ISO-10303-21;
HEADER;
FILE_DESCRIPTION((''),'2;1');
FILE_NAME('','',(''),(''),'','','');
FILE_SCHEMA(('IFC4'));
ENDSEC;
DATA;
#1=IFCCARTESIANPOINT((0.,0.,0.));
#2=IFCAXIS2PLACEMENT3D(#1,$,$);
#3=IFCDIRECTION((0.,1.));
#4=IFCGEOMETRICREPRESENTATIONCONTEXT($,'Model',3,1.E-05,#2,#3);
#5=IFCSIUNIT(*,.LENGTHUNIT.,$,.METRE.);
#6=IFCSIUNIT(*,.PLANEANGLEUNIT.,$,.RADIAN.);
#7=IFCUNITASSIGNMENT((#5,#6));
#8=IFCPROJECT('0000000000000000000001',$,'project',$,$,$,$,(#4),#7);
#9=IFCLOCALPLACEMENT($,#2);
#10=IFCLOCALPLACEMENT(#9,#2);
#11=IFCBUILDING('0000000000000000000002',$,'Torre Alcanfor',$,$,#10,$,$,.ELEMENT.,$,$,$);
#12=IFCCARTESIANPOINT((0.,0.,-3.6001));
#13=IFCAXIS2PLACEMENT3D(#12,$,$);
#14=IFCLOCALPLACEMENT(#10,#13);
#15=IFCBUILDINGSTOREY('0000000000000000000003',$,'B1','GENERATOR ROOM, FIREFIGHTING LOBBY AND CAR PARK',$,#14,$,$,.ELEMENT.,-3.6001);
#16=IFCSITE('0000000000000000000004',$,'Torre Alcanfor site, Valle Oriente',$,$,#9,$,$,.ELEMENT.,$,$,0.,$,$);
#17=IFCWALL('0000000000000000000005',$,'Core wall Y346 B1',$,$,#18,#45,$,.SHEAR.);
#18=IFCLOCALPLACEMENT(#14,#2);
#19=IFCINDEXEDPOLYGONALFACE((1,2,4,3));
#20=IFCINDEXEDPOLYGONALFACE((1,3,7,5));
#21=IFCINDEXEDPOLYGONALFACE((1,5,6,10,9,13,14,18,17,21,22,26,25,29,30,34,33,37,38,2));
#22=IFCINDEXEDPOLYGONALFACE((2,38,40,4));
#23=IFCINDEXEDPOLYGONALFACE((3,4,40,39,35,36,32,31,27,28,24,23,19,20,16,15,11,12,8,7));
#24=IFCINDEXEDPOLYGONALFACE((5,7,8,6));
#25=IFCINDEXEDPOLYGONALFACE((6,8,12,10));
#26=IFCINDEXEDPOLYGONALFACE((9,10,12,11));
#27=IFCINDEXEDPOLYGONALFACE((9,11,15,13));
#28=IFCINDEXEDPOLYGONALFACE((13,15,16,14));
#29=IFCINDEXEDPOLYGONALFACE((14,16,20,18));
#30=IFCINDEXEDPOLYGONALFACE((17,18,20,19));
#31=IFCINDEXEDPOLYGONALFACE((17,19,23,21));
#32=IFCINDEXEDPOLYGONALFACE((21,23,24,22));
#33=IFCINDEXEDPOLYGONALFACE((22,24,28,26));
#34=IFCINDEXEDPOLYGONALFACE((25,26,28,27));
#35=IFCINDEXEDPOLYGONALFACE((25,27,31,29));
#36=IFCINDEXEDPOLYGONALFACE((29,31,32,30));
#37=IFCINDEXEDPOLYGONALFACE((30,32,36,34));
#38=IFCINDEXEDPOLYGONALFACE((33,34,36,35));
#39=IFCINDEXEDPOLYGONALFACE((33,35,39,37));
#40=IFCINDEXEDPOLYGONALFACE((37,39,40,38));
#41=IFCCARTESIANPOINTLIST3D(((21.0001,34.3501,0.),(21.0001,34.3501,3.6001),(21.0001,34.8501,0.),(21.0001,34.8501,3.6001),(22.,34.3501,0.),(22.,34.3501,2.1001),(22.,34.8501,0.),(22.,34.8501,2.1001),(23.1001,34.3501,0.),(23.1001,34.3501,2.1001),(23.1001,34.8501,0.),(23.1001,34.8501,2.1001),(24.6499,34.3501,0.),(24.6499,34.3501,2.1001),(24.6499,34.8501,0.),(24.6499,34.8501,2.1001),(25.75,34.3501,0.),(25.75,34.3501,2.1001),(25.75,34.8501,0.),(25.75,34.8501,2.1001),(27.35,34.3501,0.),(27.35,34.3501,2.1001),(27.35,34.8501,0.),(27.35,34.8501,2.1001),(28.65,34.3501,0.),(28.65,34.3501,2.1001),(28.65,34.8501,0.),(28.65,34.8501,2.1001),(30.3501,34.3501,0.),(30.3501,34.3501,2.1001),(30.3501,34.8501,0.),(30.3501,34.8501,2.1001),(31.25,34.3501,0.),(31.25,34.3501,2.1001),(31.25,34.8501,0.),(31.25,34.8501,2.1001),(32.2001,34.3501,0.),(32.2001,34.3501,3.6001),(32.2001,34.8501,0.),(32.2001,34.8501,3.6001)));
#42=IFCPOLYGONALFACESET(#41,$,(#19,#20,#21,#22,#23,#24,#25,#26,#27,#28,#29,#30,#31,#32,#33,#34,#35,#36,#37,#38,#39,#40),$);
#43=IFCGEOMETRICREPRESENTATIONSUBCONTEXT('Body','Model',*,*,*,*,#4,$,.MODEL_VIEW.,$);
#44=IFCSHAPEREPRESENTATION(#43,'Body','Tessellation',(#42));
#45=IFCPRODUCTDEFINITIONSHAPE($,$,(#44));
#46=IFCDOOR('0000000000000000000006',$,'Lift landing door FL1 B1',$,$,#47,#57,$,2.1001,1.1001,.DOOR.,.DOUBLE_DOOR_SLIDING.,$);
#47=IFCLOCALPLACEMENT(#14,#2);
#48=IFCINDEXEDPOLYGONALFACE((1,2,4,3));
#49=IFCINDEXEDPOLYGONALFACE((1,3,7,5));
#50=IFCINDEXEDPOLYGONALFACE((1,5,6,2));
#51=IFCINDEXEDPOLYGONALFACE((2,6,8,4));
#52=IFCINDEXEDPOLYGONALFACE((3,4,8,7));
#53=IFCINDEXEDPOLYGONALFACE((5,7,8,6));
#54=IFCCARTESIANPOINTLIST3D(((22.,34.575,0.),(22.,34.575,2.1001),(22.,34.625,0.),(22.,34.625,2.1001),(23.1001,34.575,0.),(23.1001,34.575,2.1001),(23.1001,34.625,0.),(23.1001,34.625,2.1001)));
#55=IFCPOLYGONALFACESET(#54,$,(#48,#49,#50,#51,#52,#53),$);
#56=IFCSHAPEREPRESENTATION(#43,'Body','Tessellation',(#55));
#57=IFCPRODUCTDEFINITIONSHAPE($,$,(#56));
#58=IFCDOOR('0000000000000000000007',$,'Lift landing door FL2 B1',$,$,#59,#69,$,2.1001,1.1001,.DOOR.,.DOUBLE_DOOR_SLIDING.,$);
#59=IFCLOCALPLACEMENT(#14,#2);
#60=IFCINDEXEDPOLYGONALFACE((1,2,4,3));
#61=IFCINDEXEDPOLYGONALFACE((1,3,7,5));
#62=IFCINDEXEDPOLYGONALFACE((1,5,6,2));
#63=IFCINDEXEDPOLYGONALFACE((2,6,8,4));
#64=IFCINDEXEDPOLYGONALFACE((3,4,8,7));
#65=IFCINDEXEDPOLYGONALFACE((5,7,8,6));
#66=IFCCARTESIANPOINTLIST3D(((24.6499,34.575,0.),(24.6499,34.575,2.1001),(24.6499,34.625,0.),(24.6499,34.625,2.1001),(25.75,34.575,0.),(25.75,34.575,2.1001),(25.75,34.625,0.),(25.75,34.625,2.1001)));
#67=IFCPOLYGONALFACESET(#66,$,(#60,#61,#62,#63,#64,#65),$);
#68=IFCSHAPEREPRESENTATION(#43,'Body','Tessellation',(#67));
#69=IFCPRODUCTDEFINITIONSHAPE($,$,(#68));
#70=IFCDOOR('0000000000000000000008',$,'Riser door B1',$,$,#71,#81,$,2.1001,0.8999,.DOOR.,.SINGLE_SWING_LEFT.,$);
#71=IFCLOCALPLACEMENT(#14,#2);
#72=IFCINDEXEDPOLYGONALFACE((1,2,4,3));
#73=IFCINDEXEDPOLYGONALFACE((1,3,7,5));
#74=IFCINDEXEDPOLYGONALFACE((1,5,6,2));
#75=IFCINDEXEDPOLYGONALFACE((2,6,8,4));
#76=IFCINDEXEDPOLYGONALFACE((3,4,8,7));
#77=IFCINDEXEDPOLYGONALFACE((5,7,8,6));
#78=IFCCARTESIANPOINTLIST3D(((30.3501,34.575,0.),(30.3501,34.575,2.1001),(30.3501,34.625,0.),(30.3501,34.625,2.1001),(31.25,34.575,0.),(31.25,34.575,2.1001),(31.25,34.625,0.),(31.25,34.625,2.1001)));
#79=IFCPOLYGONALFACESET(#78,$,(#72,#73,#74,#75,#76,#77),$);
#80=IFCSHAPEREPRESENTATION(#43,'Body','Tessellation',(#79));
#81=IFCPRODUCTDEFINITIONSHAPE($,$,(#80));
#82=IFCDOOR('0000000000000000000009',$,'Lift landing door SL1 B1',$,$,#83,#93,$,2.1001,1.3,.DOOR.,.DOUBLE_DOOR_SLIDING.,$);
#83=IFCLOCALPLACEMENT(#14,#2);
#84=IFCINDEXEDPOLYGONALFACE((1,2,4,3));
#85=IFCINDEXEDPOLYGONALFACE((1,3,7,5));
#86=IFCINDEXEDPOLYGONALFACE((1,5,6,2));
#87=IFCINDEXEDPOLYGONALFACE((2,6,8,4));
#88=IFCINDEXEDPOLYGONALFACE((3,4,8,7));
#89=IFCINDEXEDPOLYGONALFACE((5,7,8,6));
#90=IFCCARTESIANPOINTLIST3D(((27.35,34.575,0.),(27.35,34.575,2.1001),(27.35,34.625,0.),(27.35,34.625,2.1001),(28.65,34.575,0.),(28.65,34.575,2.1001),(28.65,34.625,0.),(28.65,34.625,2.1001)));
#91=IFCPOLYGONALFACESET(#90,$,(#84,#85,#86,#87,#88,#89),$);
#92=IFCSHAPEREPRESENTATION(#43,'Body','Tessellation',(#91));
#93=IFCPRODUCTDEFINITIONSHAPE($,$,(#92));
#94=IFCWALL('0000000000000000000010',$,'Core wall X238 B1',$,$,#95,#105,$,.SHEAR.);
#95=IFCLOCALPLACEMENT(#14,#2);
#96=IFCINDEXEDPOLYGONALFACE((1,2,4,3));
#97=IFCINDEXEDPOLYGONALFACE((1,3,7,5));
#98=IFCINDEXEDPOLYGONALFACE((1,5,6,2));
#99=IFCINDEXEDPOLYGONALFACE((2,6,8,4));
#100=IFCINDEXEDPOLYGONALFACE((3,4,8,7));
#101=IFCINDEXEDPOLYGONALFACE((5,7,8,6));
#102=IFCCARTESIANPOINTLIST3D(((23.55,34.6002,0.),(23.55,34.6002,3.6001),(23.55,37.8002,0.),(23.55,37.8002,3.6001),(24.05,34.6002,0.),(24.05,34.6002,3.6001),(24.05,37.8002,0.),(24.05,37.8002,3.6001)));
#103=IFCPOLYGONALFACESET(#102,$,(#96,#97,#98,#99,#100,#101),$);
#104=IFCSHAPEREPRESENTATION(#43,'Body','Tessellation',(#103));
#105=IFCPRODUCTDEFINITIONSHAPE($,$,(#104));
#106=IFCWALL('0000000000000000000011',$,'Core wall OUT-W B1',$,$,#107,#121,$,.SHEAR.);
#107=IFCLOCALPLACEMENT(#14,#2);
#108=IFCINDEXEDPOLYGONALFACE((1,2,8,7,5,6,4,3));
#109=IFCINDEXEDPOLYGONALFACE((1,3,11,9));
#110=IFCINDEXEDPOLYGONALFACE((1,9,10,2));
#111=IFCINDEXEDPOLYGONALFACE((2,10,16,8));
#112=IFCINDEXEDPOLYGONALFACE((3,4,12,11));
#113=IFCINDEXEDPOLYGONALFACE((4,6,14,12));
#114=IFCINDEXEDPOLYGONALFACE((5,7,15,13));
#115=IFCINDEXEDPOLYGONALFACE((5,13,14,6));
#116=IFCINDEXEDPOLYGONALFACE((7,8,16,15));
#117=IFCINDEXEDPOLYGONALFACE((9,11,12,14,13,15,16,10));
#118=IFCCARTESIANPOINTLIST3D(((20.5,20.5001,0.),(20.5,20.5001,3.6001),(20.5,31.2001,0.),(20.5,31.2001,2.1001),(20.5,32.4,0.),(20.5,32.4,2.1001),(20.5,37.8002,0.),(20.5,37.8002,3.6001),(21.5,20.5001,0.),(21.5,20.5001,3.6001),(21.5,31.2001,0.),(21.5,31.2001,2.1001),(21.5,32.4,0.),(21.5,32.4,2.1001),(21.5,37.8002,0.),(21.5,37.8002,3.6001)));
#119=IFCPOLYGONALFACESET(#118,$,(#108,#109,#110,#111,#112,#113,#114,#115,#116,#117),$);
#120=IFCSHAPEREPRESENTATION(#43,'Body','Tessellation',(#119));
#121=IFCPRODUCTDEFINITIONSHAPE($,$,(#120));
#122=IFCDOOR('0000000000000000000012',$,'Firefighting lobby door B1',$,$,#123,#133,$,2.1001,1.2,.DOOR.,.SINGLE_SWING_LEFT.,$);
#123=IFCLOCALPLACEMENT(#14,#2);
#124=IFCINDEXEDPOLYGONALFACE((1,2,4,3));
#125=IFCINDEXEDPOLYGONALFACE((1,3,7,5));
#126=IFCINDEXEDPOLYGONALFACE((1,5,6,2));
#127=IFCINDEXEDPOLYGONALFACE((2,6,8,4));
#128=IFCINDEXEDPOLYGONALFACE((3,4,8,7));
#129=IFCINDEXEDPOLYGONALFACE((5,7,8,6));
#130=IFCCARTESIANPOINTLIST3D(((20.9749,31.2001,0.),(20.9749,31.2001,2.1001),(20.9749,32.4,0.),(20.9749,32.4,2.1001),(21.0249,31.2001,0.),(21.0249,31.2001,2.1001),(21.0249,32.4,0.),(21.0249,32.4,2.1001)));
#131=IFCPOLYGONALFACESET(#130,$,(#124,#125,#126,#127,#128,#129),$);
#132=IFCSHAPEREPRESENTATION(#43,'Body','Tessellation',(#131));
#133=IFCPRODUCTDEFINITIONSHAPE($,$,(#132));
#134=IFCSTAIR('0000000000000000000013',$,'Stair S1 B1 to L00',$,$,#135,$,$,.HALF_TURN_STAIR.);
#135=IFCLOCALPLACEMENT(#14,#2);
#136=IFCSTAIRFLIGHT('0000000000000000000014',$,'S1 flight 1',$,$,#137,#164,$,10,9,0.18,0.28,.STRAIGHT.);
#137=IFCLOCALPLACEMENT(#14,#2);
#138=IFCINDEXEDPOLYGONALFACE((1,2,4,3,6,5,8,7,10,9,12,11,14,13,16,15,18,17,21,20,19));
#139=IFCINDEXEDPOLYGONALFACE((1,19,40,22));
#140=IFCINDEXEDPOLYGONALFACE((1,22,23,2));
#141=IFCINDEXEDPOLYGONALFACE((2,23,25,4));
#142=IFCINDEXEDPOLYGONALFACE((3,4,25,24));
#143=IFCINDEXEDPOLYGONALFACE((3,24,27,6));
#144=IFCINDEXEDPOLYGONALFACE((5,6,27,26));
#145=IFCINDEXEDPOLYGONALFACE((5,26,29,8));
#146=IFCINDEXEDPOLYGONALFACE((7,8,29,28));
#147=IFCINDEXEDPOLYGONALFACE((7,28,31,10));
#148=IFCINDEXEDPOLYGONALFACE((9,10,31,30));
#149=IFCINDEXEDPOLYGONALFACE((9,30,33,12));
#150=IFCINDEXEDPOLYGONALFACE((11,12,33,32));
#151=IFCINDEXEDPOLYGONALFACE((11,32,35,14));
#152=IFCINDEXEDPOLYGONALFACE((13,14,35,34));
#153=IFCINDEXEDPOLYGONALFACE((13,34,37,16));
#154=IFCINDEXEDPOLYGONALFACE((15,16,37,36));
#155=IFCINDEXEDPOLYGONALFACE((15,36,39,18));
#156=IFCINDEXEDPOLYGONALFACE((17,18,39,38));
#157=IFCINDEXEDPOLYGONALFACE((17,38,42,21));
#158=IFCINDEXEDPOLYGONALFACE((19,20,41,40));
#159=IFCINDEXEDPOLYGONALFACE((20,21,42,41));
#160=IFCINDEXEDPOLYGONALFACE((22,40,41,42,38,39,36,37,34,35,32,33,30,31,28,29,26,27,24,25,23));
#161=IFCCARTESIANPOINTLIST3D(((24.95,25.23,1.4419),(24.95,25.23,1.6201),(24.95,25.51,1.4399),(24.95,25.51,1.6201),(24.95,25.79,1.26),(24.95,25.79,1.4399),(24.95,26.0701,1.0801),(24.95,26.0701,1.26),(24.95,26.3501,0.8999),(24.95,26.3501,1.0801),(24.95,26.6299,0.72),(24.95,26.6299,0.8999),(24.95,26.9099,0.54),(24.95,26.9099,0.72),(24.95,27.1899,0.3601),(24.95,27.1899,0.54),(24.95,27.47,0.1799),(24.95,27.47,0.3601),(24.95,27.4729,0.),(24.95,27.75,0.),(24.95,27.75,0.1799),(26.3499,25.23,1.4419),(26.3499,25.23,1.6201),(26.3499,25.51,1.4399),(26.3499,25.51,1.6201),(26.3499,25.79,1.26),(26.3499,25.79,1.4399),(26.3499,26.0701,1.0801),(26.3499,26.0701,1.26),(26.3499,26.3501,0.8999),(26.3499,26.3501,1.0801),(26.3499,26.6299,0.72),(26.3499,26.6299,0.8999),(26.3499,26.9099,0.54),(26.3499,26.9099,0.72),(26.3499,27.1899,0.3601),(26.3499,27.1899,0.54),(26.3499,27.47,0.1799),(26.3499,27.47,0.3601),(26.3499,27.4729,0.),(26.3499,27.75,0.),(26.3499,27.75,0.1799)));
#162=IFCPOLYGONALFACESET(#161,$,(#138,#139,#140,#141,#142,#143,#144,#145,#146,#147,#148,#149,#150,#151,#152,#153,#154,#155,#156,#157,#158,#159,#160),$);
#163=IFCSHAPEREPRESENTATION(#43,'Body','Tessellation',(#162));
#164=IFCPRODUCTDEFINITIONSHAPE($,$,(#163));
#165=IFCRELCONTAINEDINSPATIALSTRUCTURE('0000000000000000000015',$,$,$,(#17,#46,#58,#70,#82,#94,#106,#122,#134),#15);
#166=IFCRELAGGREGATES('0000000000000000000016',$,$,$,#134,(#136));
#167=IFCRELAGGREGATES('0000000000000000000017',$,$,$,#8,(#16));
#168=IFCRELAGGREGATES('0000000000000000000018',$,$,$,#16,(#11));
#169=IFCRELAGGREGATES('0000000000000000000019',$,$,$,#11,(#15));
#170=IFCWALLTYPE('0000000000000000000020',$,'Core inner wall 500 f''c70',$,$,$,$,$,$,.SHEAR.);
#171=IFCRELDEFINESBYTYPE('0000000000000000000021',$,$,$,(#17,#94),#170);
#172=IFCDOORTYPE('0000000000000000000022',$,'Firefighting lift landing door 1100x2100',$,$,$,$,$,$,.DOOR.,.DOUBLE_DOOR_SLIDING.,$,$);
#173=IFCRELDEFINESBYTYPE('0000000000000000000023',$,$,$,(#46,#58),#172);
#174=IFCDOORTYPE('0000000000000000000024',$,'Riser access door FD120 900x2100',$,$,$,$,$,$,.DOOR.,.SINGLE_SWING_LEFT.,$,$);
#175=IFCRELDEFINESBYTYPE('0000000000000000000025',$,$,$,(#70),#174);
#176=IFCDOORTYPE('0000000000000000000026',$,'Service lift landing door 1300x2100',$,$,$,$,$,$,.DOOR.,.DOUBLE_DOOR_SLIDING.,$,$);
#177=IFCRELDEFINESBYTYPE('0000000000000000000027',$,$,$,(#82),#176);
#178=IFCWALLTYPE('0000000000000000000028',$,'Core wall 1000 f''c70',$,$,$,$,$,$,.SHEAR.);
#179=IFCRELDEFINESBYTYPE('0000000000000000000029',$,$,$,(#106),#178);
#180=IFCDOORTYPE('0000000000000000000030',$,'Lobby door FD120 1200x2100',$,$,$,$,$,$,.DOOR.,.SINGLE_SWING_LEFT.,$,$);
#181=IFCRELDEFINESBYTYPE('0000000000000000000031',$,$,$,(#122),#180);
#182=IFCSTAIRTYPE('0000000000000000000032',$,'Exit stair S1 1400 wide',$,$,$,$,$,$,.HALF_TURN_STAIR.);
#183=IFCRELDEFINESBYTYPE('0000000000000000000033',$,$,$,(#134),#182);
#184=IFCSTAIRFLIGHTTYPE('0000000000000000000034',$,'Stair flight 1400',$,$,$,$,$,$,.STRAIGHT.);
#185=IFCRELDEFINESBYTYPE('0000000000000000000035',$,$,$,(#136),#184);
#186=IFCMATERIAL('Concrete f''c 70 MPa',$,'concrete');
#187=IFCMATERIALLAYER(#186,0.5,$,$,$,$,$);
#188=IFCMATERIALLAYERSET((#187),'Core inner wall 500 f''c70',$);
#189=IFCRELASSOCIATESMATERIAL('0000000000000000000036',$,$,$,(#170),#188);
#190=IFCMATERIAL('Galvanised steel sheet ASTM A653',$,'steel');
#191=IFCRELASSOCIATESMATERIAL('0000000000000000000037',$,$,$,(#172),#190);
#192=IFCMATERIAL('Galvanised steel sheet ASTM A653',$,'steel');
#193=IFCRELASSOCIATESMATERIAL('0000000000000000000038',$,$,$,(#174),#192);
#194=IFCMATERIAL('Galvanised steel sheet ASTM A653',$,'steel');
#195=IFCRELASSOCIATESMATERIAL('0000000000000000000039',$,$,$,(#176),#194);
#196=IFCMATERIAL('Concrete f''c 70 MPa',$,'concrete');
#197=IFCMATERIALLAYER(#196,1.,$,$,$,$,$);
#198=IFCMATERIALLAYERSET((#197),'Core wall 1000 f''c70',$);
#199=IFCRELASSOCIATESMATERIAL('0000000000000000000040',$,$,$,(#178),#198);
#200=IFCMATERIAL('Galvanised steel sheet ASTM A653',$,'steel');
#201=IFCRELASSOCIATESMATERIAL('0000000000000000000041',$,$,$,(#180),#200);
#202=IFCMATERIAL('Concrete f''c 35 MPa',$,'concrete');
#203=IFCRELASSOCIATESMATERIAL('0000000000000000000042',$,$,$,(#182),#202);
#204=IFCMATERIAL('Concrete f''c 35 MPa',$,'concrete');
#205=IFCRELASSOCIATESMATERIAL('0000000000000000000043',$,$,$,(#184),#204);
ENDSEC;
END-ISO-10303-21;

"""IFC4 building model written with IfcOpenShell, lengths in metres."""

from ifc_helpers import new_model, si_unit, direction, frame, frame_2d, origin, place, context, subcontext, project, spatial, polyline, rectangle, outline, extrude, material, layer, layer_set, type_object, element, fill, aggregate, save


model = new_model("IFC4")

# Units and contexts
model_context = context("Model", 3, precision=1e-05, world=origin(), true_north=direction((0.0, 1.0)))
body_context = subcontext(model_context, "Body", "Model", "MODEL_VIEW")
ifc_project = project(units=[si_unit("LENGTHUNIT", "METRE"), si_unit("PLANEANGLEUNIT", "RADIAN")], contexts=[model_context])

# Site, building, storey
site_placement = place(None, origin())
site = spatial("IfcSite", under=ifc_project, at=site_placement, Name="Torre Alcanfor site, Valle Oriente", CompositionType="ELEMENT", RefElevation=0.0)
building_placement = place(site_placement, origin())
building = spatial("IfcBuilding", under=site, at=building_placement, Name="Torre Alcanfor", CompositionType="ELEMENT")
storey_placement = place(building_placement, frame((0.0, 0.0, -3.6001)))
storey = spatial("IfcBuildingStorey", under=building, at=storey_placement, Name="B1", Description="GENERATOR ROOM, FIREFIGHTING LOBBY AND CAR PARK", CompositionType="ELEMENT", Elevation=-3.6001)

# Shared definitions
ifc_material_1 = material(Name="Concrete f'c 70 MPa", Category="concrete")
ifc_layer_1 = layer(ifc_material_1, 0.5)
ifc_layer_set_1 = layer_set([ifc_layer_1], Name="Core inner wall 500 f'c70")
wall_type_1 = type_object("IfcWallType", Name="Core inner wall 500 f'c70", PredefinedType="SHEAR", material=ifc_layer_set_1)

# Wall, openings, doors
wall_1_placement = place(storey_placement, frame((21.0, 34.6001, 0.0), z_axis=(0.0, 0.0, 1.0), x_axis=(1.0, 0.0, 0.0)))
wall_1 = element("IfcWall", 1, at=wall_1_placement, inside=storey, type_object=wall_type_1, Name="Core wall Y346 B1", PredefinedType="SHEAR", context=body_context, shape_type="SweptSolid", body=[
    extrude(rectangle(XDim=11.2, YDim=0.5, at=frame_2d((5.6001, 0.0))), origin(), (0.0, 0.0, 1.0), 3.6001),
])
opening_1_placement = place(wall_1_placement, frame((9.3501, 0.0, 0.0)))
opening_1 = element("IfcOpeningElement", 2, at=opening_1_placement, cuts=wall_1, PredefinedType="OPENING", context=body_context, shape_type="SweptSolid", body=[
    extrude(rectangle(XDim=0.8999, YDim=2.1001, at=frame_2d((0.45, 1.05))), frame((0.0, 0.26, 0.0), z_axis=(0.0, -1.0, 0.0), x_axis=(1.0, 0.0, 0.0)), (0.0, 0.0, 1.0), 0.52),
])
opening_2_placement = place(wall_1_placement, frame((1.0, 0.0, 0.0)))
opening_2 = element("IfcOpeningElement", 3, at=opening_2_placement, cuts=wall_1, PredefinedType="OPENING", context=body_context, shape_type="SweptSolid", body=[
    extrude(rectangle(XDim=1.1001, YDim=2.1001, at=frame_2d((0.55, 1.05))), frame((0.0, 0.26, 0.0), z_axis=(0.0, -1.0, 0.0), x_axis=(1.0, 0.0, 0.0)), (0.0, 0.0, 1.0), 0.52),
])
opening_3_placement = place(wall_1_placement, frame((3.6499, 0.0, 0.0)))
opening_3 = element("IfcOpeningElement", 4, at=opening_3_placement, cuts=wall_1, PredefinedType="OPENING", context=body_context, shape_type="SweptSolid", body=[
    extrude(rectangle(XDim=1.1001, YDim=2.1001, at=frame_2d((0.55, 1.05))), frame((0.0, 0.26, 0.0), z_axis=(0.0, -1.0, 0.0), x_axis=(1.0, 0.0, 0.0)), (0.0, 0.0, 1.0), 0.52),
])
opening_4_placement = place(wall_1_placement, frame((6.3501, 0.0, 0.0)))
opening_4 = element("IfcOpeningElement", 5, at=opening_4_placement, cuts=wall_1, PredefinedType="OPENING", context=body_context, shape_type="SweptSolid", body=[
    extrude(rectangle(XDim=1.3, YDim=2.1001, at=frame_2d((0.6499, 1.05))), frame((0.0, 0.26, 0.0), z_axis=(0.0, -1.0, 0.0), x_axis=(1.0, 0.0, 0.0)), (0.0, 0.0, 1.0), 0.52),
])
ifc_material_2 = material(Name="Galvanised steel sheet ASTM A653", Category="steel")
door_type_1 = type_object("IfcDoorType", Name="Firefighting lift landing door 1100x2100", OperationType="DOUBLE_DOOR_SLIDING", PredefinedType="DOOR", material=ifc_material_2)
door_1_placement = place(opening_2_placement, origin())
door_1 = element("IfcDoor", 6, at=door_1_placement, inside=storey, type_object=door_type_1, Name="Lift landing door FL1 B1", OperationType="DOUBLE_DOOR_SLIDING", OverallHeight=2.1001, OverallWidth=1.1001, PredefinedType="DOOR", context=body_context, shape_type="SweptSolid", body=[
    extrude(rectangle(XDim=1.1001, YDim=2.1001, at=frame_2d((0.55, 1.05))), frame((0.0, 0.0249, 0.0), z_axis=(0.0, -1.0, 0.0), x_axis=(1.0, 0.0, 0.0)), (0.0, 0.0, 1.0), 0.05),
])
fill(opening_2, door_1)
door_2_placement = place(opening_3_placement, origin())
door_2 = element("IfcDoor", 7, at=door_2_placement, inside=storey, type_object=door_type_1, Name="Lift landing door FL2 B1", OperationType="DOUBLE_DOOR_SLIDING", OverallHeight=2.1001, OverallWidth=1.1001, PredefinedType="DOOR", context=body_context, shape_type="SweptSolid", body=[
    extrude(rectangle(XDim=1.1001, YDim=2.1001, at=frame_2d((0.55, 1.05))), frame((0.0, 0.0249, 0.0), z_axis=(0.0, -1.0, 0.0), x_axis=(1.0, 0.0, 0.0)), (0.0, 0.0, 1.0), 0.05),
])
fill(opening_3, door_2)
ifc_material_3 = material(Name="Galvanised steel sheet ASTM A653", Category="steel")
door_type_2 = type_object("IfcDoorType", Name="Riser access door FD120 900x2100", OperationType="SINGLE_SWING_LEFT", PredefinedType="DOOR", material=ifc_material_3)
door_3_placement = place(opening_1_placement, origin())
door_3 = element("IfcDoor", 8, at=door_3_placement, inside=storey, type_object=door_type_2, Name="Riser door B1", OperationType="SINGLE_SWING_LEFT", OverallHeight=2.1001, OverallWidth=0.8999, PredefinedType="DOOR", context=body_context, shape_type="SweptSolid", body=[
    extrude(rectangle(XDim=0.8999, YDim=2.1001, at=frame_2d((0.45, 1.05))), frame((0.0, 0.0249, 0.0), z_axis=(0.0, -1.0, 0.0), x_axis=(1.0, 0.0, 0.0)), (0.0, 0.0, 1.0), 0.05),
])
fill(opening_1, door_3)
ifc_material_4 = material(Name="Galvanised steel sheet ASTM A653", Category="steel")
door_type_3 = type_object("IfcDoorType", Name="Service lift landing door 1300x2100", OperationType="DOUBLE_DOOR_SLIDING", PredefinedType="DOOR", material=ifc_material_4)
door_4_placement = place(opening_4_placement, origin())
door_4 = element("IfcDoor", 9, at=door_4_placement, inside=storey, type_object=door_type_3, Name="Lift landing door SL1 B1", OperationType="DOUBLE_DOOR_SLIDING", OverallHeight=2.1001, OverallWidth=1.3, PredefinedType="DOOR", context=body_context, shape_type="SweptSolid", body=[
    extrude(rectangle(XDim=1.3, YDim=2.1001, at=frame_2d((0.6499, 1.05))), frame((0.0, 0.0249, 0.0), z_axis=(0.0, -1.0, 0.0), x_axis=(1.0, 0.0, 0.0)), (0.0, 0.0, 1.0), 0.05),
])
fill(opening_4, door_4)

# Wall
wall_2_placement = place(storey_placement, frame((23.8, 34.6001, 0.0), z_axis=(0.0, 0.0, 1.0), x_axis=(0.0, 1.0, 0.0)))
element("IfcWall", 10, at=wall_2_placement, inside=storey, type_object=wall_type_1, Name="Core wall X238 B1", PredefinedType="SHEAR", context=body_context, shape_type="SweptSolid", body=[
    extrude(rectangle(XDim=3.2, YDim=0.5, at=frame_2d((1.6001, 0.0))), origin(), (0.0, 0.0, 1.0), 3.6001),
])

# Wall, opening, door
ifc_material_5 = material(Name="Concrete f'c 70 MPa", Category="concrete")
ifc_layer_2 = layer(ifc_material_5, 1.0)
ifc_layer_set_2 = layer_set([ifc_layer_2], Name="Core wall 1000 f'c70")
wall_type_2 = type_object("IfcWallType", Name="Core wall 1000 f'c70", PredefinedType="SHEAR", material=ifc_layer_set_2)
wall_3_placement = place(storey_placement, frame((21.0, 37.8, 0.0), z_axis=(0.0, 0.0, 1.0), x_axis=(0.0, -1.0, 0.0)))
wall_3 = element("IfcWall", 11, at=wall_3_placement, inside=storey, type_object=wall_type_2, Name="Core wall OUT-W B1", PredefinedType="SHEAR", context=body_context, shape_type="SweptSolid", body=[
    extrude(rectangle(XDim=17.3, YDim=1.0, at=frame_2d((8.6499, 0.0))), origin(), (0.0, 0.0, 1.0), 3.6001),
])
opening_5_placement = place(wall_3_placement, frame((5.3999, 0.0, 0.0)))
opening_5 = element("IfcOpeningElement", 12, at=opening_5_placement, cuts=wall_3, PredefinedType="OPENING", context=body_context, shape_type="SweptSolid", body=[
    extrude(rectangle(XDim=1.2, YDim=2.1001, at=frame_2d((0.6001, 1.05))), frame((0.0, 0.51, 0.0), z_axis=(0.0, -1.0, 0.0), x_axis=(1.0, 0.0, 0.0)), (0.0, 0.0, 1.0), 1.02),
])
ifc_material_6 = material(Name="Galvanised steel sheet ASTM A653", Category="steel")
door_type_4 = type_object("IfcDoorType", Name="Lobby door FD120 1200x2100", OperationType="SINGLE_SWING_LEFT", PredefinedType="DOOR", material=ifc_material_6)
door_5_placement = place(opening_5_placement, origin())
door_5 = element("IfcDoor", 13, at=door_5_placement, inside=storey, type_object=door_type_4, Name="Firefighting lobby door B1", OperationType="SINGLE_SWING_LEFT", OverallHeight=2.1001, OverallWidth=1.2, PredefinedType="DOOR", context=body_context, shape_type="SweptSolid", body=[
    extrude(rectangle(XDim=1.2, YDim=2.1001, at=frame_2d((0.6001, 1.05))), frame((0.0, 0.0249, 0.0), z_axis=(0.0, -1.0, 0.0), x_axis=(1.0, 0.0, 0.0)), (0.0, 0.0, 1.0), 0.05),
])
fill(opening_5, door_5)

# Stair, stair flight
ifc_material_7 = material(Name="Concrete f'c 35 MPa", Category="concrete")
stair_type = type_object("IfcStairType", Name="Exit stair S1 1400 wide", PredefinedType="HALF_TURN_STAIR", material=ifc_material_7)
stair_placement = place(storey_placement, origin())
stair = element("IfcStair", 14, at=stair_placement, inside=storey, type_object=stair_type, Name="Stair S1 B1 to L00", PredefinedType="HALF_TURN_STAIR")
ifc_material_8 = material(Name="Concrete f'c 35 MPa", Category="concrete")
stair_flight_type = type_object("IfcStairFlightType", Name="Stair flight 1400", PredefinedType="STRAIGHT", material=ifc_material_8)
stair_flight_placement = place(storey_placement, frame((25.6499, 27.75, 0.0), z_axis=(0.0, 0.0, 1.0), x_axis=(0.0, -1.0, 0.0)))
stair_flight = element("IfcStairFlight", 15, at=stair_flight_placement, type_object=stair_flight_type, Name="S1 flight 1", NumberOfRisers=10, NumberOfTreads=9, PredefinedType="STRAIGHT", RiserHeight=0.18, TreadLength=0.28, context=body_context, shape_type="SweptSolid", body=[
    extrude(outline(polyline([(0.0, 0.0), (0.0, 0.1799), (0.28, 0.1799), (0.28, 0.3601), (0.5601, 0.3601), (0.5601, 0.54), (0.8401, 0.54), (0.8401, 0.72), (1.1201, 0.72), (1.1201, 0.8999), (1.3999, 0.8999), (1.3999, 1.0801), (1.6799, 1.0801), (1.6799, 1.26), (1.96, 1.26), (1.96, 1.4399), (2.24, 1.4399), (2.24, 1.6201), (2.52, 1.6201), (2.52, 1.8), (2.52, 1.4419), (0.2771, 0.0), (0.0, 0.0)])), frame((0.0, 0.7, 0.0), z_axis=(0.0, -1.0, 0.0), x_axis=(1.0, 0.0, 0.0)), (0.0, 0.0, 1.0), 1.3999),
])
aggregate(stair, [stair_flight])

save(model, "model.ifc")
